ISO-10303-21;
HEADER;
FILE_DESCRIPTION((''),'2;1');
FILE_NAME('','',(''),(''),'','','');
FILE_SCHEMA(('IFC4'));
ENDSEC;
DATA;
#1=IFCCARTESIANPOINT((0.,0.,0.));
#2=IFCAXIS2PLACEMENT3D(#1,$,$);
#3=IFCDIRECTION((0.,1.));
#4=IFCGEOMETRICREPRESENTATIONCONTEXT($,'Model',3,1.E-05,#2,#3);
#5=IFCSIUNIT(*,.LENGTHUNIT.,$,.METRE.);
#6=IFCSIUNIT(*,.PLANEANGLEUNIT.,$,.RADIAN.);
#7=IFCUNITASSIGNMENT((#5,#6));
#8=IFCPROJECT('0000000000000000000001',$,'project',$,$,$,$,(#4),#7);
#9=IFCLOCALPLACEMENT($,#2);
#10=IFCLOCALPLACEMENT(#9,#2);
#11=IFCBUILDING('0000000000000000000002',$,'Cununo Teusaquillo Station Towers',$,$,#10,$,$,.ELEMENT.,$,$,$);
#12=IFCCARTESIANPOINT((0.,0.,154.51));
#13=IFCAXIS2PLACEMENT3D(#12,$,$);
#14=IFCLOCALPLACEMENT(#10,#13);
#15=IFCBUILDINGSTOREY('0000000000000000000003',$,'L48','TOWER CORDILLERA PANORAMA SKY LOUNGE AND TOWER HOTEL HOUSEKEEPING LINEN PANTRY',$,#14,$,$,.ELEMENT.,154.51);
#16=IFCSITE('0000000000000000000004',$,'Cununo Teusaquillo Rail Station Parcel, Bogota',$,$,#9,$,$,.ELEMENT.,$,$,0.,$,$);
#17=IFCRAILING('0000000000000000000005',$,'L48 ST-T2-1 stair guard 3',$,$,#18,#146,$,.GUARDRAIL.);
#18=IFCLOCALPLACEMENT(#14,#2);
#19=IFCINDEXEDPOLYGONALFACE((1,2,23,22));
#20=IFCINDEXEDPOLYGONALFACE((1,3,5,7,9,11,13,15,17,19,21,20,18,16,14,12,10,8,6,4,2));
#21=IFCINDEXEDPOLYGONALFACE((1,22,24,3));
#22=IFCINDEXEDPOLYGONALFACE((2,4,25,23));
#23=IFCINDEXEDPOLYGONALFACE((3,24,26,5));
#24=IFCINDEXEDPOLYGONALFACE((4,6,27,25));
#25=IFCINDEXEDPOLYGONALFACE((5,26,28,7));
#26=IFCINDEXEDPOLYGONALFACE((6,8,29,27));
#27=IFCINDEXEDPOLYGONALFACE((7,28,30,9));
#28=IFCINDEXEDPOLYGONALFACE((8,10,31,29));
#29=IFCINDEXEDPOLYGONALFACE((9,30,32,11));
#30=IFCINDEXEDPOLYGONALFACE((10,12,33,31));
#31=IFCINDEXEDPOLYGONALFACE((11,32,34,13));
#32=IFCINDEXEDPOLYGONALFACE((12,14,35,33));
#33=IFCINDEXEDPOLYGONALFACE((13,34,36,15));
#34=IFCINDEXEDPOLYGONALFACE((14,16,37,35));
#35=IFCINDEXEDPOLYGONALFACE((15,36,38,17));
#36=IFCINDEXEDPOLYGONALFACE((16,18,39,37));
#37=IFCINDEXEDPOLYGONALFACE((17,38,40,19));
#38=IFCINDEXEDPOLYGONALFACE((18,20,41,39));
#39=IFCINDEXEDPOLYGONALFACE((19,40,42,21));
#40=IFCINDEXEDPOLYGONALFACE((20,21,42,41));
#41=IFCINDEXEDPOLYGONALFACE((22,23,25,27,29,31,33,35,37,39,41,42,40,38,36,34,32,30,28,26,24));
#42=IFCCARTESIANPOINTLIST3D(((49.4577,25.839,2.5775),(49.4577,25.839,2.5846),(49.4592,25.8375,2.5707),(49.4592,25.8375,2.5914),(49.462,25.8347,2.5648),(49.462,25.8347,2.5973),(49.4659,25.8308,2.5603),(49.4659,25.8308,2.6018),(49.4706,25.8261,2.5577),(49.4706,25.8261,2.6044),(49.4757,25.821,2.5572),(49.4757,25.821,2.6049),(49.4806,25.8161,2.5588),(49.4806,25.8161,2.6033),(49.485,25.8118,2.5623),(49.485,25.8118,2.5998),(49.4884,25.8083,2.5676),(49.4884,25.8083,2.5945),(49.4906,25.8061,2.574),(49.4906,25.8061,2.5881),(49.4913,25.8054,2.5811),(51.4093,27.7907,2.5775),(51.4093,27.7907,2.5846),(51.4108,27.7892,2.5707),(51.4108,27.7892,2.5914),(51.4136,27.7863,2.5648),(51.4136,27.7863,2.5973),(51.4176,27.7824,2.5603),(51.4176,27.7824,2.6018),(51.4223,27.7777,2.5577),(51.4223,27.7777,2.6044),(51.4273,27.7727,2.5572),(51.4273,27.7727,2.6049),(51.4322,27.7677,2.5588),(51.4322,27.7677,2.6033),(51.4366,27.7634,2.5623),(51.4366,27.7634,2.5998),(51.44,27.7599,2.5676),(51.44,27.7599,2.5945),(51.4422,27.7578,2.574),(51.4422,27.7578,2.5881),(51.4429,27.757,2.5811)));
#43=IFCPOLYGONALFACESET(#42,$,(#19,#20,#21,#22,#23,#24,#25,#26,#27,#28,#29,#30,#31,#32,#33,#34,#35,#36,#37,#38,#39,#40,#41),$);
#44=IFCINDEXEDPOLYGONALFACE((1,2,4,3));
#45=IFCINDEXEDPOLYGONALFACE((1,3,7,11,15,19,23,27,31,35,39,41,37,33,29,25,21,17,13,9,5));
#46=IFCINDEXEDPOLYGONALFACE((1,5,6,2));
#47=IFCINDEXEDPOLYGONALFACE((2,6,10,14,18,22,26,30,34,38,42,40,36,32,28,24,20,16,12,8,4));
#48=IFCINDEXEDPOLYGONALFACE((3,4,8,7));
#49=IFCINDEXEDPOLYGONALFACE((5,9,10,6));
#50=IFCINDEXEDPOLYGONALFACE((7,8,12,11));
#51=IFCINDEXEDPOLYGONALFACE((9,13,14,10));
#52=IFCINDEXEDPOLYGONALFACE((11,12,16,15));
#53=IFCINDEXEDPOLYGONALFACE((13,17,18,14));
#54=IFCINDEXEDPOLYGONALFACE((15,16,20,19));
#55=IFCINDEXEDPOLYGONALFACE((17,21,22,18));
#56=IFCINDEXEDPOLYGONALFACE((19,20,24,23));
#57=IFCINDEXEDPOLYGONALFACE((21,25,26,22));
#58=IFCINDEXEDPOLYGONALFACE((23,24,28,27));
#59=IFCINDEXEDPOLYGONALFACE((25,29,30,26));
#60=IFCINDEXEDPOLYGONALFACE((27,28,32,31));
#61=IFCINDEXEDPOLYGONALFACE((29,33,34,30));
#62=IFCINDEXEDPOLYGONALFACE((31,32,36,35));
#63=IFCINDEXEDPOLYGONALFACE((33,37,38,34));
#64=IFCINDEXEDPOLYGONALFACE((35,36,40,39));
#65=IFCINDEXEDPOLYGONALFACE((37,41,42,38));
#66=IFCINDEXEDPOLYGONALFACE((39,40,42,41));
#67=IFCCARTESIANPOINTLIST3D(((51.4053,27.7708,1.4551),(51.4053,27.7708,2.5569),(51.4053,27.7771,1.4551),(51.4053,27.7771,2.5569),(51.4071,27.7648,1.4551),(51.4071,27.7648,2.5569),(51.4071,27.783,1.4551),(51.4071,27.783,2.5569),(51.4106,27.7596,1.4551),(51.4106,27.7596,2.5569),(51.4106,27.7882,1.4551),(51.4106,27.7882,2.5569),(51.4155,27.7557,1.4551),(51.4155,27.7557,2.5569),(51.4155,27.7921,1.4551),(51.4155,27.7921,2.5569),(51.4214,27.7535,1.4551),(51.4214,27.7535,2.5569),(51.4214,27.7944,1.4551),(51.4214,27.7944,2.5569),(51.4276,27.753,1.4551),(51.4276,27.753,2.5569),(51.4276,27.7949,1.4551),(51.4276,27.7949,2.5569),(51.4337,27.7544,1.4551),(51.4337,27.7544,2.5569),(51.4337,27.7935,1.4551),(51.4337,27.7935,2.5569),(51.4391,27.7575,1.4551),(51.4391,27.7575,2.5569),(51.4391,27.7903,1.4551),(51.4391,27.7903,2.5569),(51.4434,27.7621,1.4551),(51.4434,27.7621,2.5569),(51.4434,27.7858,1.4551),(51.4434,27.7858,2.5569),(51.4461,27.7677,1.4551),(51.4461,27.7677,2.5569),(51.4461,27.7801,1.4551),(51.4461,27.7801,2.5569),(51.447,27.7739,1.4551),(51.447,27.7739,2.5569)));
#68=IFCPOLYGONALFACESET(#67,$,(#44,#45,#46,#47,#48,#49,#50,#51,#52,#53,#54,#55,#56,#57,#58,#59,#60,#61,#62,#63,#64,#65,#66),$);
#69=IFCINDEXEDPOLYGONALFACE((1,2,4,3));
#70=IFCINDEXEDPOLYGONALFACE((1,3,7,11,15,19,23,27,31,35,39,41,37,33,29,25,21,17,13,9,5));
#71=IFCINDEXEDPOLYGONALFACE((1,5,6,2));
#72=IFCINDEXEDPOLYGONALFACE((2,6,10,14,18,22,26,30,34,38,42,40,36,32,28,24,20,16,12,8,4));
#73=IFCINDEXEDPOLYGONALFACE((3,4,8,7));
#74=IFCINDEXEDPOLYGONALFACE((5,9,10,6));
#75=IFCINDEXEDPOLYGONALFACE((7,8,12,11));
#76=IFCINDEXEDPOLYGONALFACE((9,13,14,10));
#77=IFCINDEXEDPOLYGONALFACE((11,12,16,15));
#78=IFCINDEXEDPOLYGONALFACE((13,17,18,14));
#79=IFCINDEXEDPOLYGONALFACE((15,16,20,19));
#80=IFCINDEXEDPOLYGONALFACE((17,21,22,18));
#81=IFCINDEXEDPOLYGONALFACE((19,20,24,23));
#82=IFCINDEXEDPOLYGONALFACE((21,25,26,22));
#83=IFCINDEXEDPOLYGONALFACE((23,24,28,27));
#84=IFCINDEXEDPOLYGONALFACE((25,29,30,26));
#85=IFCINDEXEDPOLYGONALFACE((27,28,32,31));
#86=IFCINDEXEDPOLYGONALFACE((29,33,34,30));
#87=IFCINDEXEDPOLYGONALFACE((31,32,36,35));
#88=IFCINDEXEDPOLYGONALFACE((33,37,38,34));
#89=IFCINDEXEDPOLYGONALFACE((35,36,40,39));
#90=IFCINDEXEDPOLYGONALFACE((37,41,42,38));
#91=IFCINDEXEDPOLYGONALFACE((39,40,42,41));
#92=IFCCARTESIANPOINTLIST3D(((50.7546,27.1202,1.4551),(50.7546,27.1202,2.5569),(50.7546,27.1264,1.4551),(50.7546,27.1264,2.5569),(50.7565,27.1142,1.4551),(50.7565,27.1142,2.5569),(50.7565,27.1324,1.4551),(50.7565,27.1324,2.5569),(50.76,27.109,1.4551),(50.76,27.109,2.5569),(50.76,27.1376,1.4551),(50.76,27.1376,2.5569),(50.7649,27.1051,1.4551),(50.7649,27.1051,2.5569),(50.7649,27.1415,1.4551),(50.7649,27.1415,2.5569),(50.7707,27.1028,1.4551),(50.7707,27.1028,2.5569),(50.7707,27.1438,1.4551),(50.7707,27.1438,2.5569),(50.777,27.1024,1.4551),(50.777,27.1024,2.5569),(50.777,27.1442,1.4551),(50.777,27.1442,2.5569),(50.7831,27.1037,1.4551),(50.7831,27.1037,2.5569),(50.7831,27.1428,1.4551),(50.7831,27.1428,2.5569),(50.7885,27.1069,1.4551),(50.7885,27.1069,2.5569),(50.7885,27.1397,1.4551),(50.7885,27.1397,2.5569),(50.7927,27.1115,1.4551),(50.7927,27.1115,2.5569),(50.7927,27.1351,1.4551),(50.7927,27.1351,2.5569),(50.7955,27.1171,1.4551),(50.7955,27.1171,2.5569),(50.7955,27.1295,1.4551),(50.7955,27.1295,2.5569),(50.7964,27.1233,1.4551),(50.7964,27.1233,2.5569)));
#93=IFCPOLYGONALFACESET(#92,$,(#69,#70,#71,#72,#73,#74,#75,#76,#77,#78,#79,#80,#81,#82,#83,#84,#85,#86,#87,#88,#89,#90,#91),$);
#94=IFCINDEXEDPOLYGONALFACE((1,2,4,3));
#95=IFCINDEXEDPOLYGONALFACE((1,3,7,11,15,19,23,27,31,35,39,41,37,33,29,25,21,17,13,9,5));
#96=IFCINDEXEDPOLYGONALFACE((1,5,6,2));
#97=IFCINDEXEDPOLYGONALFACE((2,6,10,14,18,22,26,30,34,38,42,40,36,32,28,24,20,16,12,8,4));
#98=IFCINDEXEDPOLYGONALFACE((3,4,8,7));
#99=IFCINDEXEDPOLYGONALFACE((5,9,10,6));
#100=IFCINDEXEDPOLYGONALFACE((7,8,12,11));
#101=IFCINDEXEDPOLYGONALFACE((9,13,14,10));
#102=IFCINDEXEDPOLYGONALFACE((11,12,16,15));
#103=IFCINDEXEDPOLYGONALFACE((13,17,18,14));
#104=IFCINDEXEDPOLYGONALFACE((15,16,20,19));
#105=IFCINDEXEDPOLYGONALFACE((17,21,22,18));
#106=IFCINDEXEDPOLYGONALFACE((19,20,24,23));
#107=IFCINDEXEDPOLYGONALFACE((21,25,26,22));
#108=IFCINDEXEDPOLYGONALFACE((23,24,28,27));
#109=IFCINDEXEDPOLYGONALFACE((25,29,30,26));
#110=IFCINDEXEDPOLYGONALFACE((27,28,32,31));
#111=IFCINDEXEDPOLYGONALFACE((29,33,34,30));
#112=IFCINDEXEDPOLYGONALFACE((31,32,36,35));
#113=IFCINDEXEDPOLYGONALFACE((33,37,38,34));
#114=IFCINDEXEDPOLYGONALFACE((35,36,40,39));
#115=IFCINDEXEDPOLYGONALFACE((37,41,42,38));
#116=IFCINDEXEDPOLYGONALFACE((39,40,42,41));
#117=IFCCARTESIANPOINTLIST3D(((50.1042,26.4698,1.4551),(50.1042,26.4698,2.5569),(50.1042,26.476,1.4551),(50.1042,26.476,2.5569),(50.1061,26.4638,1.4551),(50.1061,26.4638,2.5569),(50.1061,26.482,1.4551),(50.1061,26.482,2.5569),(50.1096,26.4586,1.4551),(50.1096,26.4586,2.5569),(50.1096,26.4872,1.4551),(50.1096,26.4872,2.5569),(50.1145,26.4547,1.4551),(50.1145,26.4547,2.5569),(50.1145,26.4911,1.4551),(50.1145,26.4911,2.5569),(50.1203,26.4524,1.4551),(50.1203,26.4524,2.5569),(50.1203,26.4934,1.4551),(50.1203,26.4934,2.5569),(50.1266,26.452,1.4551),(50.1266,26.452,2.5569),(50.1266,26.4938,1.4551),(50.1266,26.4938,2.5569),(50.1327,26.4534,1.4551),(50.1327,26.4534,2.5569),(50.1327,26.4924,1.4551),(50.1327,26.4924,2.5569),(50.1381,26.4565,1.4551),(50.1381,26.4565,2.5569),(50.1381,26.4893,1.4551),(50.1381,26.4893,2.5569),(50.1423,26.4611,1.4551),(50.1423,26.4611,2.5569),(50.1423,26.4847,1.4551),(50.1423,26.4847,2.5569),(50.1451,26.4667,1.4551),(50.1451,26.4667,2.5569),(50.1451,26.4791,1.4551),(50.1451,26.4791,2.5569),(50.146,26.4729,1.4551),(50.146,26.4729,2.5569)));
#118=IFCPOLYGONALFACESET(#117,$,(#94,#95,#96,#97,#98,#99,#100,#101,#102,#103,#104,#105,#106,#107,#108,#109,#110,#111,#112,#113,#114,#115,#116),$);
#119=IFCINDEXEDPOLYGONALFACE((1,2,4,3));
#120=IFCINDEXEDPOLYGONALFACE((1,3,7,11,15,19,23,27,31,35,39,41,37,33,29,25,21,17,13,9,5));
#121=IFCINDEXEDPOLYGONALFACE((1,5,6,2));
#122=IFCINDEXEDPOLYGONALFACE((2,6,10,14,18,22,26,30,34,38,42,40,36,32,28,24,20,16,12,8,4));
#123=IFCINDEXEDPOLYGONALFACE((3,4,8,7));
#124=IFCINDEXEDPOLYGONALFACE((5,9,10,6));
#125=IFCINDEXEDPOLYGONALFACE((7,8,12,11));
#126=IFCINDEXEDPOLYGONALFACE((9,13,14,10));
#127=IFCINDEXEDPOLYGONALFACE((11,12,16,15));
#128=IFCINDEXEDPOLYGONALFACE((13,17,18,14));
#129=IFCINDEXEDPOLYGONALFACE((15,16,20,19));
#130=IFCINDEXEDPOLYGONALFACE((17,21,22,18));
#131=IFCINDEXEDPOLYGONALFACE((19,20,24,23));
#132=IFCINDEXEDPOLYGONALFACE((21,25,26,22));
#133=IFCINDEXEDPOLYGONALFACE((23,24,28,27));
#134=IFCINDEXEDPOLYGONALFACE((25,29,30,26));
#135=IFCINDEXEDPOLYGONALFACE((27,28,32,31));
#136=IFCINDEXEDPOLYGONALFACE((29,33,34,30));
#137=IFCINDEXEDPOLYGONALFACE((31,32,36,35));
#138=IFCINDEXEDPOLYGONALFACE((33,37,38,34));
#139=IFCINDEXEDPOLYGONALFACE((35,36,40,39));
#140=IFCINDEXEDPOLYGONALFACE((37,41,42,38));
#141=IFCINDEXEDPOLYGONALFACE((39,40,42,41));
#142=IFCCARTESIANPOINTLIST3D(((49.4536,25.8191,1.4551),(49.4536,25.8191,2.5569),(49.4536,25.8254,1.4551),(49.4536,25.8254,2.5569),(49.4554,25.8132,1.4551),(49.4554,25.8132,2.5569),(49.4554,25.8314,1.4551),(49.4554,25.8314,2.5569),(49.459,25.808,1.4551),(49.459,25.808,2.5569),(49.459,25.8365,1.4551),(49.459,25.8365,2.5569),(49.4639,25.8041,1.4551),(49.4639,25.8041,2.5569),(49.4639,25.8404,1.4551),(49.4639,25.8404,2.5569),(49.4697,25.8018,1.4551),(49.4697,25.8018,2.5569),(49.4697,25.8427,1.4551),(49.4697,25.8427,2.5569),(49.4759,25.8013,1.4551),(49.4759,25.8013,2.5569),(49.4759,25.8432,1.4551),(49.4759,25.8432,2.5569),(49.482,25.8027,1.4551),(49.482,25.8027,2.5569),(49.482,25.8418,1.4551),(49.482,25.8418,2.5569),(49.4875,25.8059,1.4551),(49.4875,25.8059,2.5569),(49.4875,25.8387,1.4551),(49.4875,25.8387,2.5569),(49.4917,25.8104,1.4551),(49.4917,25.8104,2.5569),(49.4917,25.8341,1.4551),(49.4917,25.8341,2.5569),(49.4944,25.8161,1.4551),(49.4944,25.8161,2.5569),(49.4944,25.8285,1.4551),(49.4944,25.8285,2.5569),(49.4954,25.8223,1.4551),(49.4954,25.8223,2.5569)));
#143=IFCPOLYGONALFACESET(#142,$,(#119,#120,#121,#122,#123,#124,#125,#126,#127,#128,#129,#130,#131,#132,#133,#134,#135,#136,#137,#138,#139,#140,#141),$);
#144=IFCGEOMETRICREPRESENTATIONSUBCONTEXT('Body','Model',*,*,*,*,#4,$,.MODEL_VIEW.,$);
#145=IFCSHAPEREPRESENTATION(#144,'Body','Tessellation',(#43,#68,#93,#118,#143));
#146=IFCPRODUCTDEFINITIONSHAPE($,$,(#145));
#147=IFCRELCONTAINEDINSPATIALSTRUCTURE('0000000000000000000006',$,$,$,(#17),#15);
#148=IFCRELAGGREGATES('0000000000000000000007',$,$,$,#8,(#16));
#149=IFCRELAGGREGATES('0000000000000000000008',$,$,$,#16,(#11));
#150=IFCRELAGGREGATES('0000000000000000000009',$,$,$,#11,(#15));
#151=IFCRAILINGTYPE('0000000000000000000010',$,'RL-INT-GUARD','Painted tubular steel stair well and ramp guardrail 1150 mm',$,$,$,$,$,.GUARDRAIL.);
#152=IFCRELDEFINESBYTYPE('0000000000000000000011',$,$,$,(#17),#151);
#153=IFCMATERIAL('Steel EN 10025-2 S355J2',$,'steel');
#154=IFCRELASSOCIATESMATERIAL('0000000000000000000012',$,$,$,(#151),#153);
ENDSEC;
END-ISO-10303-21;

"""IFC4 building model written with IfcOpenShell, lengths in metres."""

from ifc_helpers import new_model, si_unit, direction, frame, origin, origin_2d, place, context, subcontext, project, spatial, circle, extrude, material, type_object, element, save


model = new_model("IFC4")

# Units and contexts
model_context = context("Model", 3, precision=1e-05, world=origin(), true_north=direction((0.0, 1.0)))
body_context = subcontext(model_context, "Body", "Model", "MODEL_VIEW")
ifc_project = project(units=[si_unit("LENGTHUNIT", "METRE"), si_unit("PLANEANGLEUNIT", "RADIAN")], contexts=[model_context])

# Site, building, storey
site_placement = place(None, origin())
site = spatial("IfcSite", under=ifc_project, at=site_placement, Name="Cununo Teusaquillo Rail Station Parcel, Bogota", CompositionType="ELEMENT", RefElevation=0.0)
building_placement = place(site_placement, origin())
building = spatial("IfcBuilding", under=site, at=building_placement, Name="Cununo Teusaquillo Station Towers", CompositionType="ELEMENT")
storey_placement = place(building_placement, frame((0.0, 0.0, 154.51)))
storey = spatial("IfcBuildingStorey", under=building, at=storey_placement, Name="L48", Description="TOWER CORDILLERA PANORAMA SKY LOUNGE AND TOWER HOTEL HOUSEKEEPING LINEN PANTRY", CompositionType="ELEMENT", Elevation=154.51)

# Railing
ifc_material_1 = material(Name="Steel EN 10025-2 S355J2", Category="steel")
railing_type = type_object("IfcRailingType", Name="RL-INT-GUARD", Description="Painted tubular steel stair well and ramp guardrail 1150 mm", PredefinedType="GUARDRAIL", material=ifc_material_1)
railing_1_placement = place(storey_placement, frame((51.426, 27.7739, 1.4551)))
element("IfcRailing", 1, at=railing_1_placement, inside=storey, type_object=railing_type, Name="L48 ST-T2-1 stair guard 3", PredefinedType="GUARDRAIL", context=body_context, shape_type="SweptSolid", body=[
    extrude(circle(Radius=0.0239, at=origin_2d()), frame((0.0, 0.0, 1.126), z_axis=(-0.707107, -0.707107, 0.0), x_axis=(0.707107, -0.707107, 0.0)), (0.0, 0.0, 1.0), 2.76),
    extrude(circle(Radius=0.021, at=origin_2d()), origin(), (0.0, 0.0, 1.0), 1.1018),
    extrude(circle(Radius=0.021, at=origin_2d()), frame((-0.6506, -0.6506, 0.0)), (0.0, 0.0, 1.0), 1.1018),
    extrude(circle(Radius=0.021, at=origin_2d()), frame((-1.301, -1.301, 0.0)), (0.0, 0.0, 1.0), 1.1018),
    extrude(circle(Radius=0.021, at=origin_2d()), frame((-1.9517, -1.9517, 0.0)), (0.0, 0.0, 1.0), 1.1018),
])

save(model, "model.ifc")
